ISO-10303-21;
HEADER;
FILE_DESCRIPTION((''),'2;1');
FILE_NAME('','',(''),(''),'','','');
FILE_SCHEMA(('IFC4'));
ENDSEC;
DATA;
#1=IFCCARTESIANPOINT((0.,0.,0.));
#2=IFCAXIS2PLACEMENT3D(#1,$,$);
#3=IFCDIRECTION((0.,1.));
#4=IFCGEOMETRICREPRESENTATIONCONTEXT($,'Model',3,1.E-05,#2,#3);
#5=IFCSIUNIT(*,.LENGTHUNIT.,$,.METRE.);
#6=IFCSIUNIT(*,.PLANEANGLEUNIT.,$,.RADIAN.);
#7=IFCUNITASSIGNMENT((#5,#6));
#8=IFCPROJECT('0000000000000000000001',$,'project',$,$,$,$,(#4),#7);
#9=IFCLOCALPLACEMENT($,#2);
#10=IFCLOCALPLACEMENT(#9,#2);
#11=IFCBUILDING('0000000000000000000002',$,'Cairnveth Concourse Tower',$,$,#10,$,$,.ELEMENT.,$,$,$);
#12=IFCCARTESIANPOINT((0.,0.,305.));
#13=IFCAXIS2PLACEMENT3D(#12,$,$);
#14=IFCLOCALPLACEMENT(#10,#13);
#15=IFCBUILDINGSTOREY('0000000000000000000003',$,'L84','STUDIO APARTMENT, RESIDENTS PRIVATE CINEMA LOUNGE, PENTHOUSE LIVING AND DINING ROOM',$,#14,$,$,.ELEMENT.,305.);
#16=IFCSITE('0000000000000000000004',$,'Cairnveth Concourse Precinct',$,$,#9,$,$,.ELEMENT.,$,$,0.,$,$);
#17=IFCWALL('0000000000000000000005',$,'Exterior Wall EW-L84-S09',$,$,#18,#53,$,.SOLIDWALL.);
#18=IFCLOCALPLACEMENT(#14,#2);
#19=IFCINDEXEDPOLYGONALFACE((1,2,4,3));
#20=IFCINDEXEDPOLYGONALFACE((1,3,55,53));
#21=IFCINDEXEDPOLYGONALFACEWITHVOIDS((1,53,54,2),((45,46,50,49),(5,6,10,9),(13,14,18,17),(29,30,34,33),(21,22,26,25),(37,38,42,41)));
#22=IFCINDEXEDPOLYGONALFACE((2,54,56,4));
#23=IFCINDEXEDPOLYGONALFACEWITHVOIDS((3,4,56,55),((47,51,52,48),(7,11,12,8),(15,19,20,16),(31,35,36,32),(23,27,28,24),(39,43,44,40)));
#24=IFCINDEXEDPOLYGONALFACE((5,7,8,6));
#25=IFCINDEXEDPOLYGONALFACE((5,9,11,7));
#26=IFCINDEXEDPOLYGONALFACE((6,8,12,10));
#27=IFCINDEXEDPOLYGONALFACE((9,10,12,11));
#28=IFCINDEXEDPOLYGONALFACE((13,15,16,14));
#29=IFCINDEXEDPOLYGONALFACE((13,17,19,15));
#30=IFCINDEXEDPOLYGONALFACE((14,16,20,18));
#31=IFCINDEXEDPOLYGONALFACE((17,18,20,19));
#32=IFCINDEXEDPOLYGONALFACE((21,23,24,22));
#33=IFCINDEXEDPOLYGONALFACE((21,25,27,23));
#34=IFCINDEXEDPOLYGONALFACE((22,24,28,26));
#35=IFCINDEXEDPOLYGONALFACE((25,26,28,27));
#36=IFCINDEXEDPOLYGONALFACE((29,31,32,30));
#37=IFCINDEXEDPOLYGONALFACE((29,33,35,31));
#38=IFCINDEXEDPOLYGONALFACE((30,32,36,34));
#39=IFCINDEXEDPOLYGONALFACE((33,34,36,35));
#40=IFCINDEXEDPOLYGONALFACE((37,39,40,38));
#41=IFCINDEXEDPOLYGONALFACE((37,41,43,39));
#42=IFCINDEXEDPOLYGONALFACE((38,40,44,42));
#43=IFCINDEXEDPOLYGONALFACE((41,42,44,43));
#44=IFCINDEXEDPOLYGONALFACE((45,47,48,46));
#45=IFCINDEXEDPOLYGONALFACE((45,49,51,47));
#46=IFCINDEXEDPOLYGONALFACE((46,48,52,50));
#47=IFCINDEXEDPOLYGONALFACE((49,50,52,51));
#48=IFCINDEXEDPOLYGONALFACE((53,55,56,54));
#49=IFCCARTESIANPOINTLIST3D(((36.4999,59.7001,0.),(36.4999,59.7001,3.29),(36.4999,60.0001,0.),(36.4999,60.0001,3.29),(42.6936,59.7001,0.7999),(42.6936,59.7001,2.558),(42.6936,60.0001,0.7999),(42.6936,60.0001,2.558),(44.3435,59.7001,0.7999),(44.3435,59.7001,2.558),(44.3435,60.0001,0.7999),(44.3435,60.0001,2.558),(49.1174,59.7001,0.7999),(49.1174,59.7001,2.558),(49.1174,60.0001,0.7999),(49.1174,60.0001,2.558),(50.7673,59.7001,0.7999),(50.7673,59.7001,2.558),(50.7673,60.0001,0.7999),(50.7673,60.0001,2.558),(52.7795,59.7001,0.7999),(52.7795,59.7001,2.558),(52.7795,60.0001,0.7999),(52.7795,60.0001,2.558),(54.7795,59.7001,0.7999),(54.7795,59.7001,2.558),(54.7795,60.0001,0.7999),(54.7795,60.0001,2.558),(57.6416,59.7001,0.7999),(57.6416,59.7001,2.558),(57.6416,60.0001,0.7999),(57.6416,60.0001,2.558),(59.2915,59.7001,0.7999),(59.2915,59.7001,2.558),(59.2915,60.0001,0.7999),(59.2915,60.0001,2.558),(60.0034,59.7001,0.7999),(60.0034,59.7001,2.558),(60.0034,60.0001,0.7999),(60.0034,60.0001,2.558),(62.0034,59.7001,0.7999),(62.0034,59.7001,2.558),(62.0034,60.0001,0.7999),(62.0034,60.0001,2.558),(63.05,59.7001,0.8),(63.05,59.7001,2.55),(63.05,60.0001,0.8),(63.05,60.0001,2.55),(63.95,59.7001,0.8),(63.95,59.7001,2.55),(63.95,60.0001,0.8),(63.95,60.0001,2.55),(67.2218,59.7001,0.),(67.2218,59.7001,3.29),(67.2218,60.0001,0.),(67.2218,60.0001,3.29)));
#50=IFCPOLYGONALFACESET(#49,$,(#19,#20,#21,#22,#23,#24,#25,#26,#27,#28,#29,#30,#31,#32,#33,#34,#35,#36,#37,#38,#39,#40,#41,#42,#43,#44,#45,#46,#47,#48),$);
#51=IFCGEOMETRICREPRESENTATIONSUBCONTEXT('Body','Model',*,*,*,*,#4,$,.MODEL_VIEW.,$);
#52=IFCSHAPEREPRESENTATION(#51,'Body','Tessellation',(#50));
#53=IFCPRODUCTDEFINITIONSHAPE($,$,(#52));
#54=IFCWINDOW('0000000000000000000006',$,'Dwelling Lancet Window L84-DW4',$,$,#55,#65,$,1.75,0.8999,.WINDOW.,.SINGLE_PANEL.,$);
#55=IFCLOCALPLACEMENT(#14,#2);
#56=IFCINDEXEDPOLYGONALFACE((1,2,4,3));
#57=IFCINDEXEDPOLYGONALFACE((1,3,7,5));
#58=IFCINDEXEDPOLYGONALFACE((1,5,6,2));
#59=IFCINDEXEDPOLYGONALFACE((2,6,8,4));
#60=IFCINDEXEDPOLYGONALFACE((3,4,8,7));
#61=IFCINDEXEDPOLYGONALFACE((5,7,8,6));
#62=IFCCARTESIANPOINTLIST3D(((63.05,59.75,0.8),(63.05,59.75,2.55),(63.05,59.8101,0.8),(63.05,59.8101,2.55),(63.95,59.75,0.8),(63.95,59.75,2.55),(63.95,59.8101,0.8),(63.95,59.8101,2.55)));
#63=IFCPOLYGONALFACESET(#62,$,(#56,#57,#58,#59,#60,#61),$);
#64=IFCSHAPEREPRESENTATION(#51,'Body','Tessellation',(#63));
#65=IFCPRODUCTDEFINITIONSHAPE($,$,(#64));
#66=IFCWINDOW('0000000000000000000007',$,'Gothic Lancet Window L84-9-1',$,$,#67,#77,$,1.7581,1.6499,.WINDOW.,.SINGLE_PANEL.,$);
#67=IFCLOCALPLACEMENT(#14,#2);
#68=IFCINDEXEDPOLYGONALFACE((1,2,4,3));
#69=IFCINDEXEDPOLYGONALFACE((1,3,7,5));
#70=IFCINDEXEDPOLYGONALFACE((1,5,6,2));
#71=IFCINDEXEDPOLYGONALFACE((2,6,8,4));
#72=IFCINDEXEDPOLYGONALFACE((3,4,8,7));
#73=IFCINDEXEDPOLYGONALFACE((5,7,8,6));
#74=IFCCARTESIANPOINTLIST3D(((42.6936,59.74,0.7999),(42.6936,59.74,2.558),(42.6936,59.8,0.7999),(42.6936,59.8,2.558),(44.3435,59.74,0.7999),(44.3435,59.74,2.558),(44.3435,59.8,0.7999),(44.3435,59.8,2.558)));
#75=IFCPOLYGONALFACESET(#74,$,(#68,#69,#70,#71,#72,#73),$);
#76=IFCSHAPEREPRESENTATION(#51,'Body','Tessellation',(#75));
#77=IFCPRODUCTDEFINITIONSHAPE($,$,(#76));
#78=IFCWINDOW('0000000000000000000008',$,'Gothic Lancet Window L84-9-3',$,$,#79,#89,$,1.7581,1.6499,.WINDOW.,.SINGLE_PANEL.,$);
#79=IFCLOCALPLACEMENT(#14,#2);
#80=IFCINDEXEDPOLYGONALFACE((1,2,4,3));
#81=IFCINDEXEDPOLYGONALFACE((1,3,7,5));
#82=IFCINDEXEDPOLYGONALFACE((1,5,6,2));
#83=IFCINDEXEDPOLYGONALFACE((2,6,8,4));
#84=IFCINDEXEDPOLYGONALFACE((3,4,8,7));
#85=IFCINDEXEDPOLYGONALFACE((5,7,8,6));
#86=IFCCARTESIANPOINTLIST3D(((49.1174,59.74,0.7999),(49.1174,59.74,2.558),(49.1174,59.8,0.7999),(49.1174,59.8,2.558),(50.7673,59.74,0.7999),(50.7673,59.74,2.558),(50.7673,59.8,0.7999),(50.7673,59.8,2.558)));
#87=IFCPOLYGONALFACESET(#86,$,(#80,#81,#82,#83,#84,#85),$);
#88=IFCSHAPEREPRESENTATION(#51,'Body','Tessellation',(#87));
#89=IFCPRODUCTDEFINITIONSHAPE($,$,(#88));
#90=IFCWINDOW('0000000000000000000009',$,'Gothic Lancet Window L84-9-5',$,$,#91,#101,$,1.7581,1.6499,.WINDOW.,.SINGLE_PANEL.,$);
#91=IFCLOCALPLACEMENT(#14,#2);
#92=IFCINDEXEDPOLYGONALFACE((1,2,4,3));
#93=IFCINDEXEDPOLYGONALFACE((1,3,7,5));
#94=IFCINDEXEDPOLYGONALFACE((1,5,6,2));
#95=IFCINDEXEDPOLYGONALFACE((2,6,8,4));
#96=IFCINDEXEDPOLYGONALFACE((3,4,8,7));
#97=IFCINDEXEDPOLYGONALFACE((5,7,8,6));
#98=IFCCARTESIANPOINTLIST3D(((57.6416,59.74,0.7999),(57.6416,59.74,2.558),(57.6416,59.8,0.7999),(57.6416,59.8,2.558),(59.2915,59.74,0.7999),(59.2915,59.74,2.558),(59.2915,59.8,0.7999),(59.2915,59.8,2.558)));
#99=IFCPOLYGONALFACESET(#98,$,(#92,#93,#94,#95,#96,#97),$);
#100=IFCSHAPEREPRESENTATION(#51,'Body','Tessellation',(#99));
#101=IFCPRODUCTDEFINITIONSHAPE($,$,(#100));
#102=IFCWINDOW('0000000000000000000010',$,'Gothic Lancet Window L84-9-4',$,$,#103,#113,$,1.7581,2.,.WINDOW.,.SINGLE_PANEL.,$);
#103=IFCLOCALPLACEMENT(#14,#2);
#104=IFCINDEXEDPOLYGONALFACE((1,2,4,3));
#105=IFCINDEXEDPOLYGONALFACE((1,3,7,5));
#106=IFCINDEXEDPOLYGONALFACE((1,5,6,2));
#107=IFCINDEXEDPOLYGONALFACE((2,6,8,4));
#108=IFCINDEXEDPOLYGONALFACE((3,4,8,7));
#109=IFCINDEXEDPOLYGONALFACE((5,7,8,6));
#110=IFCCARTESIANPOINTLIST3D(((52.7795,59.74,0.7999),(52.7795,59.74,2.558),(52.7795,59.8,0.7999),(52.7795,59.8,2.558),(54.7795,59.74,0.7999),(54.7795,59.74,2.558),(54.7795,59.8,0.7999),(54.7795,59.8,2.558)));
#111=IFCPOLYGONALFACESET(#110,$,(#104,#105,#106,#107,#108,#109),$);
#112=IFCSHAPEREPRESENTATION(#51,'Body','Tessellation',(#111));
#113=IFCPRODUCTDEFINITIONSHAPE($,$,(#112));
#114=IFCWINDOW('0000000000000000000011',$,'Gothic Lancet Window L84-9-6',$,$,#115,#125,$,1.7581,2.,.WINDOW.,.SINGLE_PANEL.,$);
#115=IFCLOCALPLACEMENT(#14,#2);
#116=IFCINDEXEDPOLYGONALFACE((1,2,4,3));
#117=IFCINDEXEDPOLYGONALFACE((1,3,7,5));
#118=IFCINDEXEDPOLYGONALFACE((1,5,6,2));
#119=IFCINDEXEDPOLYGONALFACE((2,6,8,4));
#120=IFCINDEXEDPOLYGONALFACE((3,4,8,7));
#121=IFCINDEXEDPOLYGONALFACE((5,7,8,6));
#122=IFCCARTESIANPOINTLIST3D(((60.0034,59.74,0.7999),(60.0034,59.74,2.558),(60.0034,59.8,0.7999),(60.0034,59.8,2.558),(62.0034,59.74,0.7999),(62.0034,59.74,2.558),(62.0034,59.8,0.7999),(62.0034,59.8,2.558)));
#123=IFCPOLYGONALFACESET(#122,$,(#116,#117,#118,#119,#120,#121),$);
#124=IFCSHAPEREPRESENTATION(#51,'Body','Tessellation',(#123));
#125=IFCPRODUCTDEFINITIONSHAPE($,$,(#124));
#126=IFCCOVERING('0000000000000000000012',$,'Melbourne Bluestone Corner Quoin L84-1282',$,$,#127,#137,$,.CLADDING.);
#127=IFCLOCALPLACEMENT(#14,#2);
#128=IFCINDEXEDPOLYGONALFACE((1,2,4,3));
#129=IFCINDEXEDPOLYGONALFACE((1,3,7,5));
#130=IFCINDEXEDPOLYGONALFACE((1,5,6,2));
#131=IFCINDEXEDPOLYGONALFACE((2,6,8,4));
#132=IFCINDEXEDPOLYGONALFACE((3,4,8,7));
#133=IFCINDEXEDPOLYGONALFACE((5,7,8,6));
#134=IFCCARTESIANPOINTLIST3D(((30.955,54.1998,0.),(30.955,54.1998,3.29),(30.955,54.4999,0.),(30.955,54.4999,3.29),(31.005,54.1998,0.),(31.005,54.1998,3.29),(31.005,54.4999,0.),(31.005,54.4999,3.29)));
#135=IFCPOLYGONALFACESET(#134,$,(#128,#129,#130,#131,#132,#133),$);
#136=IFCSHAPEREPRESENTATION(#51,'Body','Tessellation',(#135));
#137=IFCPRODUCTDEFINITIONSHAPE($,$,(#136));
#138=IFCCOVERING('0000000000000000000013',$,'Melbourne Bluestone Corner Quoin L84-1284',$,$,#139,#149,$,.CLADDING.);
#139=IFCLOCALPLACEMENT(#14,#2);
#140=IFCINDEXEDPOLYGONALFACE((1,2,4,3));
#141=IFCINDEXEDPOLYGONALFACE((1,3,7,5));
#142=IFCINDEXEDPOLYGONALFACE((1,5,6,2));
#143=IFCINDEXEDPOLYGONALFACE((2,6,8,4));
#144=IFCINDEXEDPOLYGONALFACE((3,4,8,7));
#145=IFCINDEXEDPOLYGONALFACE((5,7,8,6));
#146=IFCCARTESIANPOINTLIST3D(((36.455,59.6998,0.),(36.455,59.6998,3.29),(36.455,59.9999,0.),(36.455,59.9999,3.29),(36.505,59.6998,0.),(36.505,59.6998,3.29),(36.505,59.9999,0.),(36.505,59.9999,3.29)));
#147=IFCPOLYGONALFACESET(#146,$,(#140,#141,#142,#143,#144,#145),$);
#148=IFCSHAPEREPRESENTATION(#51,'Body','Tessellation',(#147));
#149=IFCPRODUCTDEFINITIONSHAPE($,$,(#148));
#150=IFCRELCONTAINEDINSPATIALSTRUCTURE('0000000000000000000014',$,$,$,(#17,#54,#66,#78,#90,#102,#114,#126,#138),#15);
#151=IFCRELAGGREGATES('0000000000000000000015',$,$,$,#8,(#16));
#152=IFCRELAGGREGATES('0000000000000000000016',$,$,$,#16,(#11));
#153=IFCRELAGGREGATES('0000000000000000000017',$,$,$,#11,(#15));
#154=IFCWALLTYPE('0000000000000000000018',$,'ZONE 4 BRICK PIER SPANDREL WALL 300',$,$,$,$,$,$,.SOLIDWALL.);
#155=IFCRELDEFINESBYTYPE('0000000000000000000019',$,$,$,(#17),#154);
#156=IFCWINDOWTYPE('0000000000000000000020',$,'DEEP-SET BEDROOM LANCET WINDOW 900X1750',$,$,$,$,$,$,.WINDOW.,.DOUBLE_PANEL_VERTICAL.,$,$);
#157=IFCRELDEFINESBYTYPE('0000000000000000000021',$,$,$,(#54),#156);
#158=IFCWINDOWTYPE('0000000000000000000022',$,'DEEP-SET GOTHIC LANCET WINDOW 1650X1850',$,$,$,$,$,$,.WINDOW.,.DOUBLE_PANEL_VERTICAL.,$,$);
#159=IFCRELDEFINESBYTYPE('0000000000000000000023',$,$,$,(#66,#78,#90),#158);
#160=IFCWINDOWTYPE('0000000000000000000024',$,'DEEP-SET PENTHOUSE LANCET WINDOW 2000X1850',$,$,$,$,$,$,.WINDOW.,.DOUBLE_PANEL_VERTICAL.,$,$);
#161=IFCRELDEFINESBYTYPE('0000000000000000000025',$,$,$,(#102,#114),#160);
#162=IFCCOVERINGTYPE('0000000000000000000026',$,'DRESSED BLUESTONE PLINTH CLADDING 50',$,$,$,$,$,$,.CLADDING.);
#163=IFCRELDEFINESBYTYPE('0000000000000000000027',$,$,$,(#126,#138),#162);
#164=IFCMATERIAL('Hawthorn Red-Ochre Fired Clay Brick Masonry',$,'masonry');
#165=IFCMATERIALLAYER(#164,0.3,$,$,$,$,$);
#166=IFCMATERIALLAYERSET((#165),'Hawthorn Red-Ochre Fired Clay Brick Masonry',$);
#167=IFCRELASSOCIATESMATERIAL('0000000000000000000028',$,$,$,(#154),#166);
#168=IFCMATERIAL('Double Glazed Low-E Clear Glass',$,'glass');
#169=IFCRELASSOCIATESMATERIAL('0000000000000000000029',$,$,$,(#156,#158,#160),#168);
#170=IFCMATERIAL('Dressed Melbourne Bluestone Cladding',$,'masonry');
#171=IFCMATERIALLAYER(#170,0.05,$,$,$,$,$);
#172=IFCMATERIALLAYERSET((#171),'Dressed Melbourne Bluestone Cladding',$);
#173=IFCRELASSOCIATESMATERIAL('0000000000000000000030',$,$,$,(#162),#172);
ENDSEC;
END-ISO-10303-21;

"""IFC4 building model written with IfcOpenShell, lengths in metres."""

from ifc_helpers import new_model, si_unit, direction, frame, frame_2d, origin, place, context, subcontext, project, spatial, rectangle, extrude, material, layer, layer_set, type_object, element, fill, save


model = new_model("IFC4")

# Units and contexts
model_context = context("Model", 3, precision=1e-05, world=origin(), true_north=direction((0.0, 1.0)))
body_context = subcontext(model_context, "Body", "Model", "MODEL_VIEW")
ifc_project = project(units=[si_unit("LENGTHUNIT", "METRE"), si_unit("PLANEANGLEUNIT", "RADIAN")], contexts=[model_context])

# Site, building, storey
site_placement = place(None, origin())
site = spatial("IfcSite", under=ifc_project, at=site_placement, Name="Cairnveth Concourse Precinct", CompositionType="ELEMENT", RefElevation=0.0)
building_placement = place(site_placement, origin())
building = spatial("IfcBuilding", under=site, at=building_placement, Name="Cairnveth Concourse Tower", CompositionType="ELEMENT")
storey_placement = place(building_placement, frame((0.0, 0.0, 305.0)))
storey = spatial("IfcBuildingStorey", under=building, at=storey_placement, Name="L84", Description="STUDIO APARTMENT, RESIDENTS PRIVATE CINEMA LOUNGE, PENTHOUSE LIVING AND DINING ROOM", CompositionType="ELEMENT", Elevation=305.0)

# Shared definitions
ifc_material_1 = material(Name="Hawthorn Red-Ochre Fired Clay Brick Masonry", Category="masonry")
ifc_layer_1 = layer(ifc_material_1, 0.3)
ifc_layer_set_1 = layer_set([ifc_layer_1], Name="Hawthorn Red-Ochre Fired Clay Brick Masonry")
wall_type_1 = type_object("IfcWallType", Name="ZONE 4 BRICK PIER SPANDREL WALL 300", PredefinedType="SOLIDWALL", material=ifc_layer_set_1)
ifc_material_2 = material(Name="Double Glazed Low-E Clear Glass", Category="glass")
window_type_1 = type_object("IfcWindowType", Name="DEEP-SET BEDROOM LANCET WINDOW 900X1750", PartitioningType="DOUBLE_PANEL_VERTICAL", PredefinedType="WINDOW", material=ifc_material_2)

# Wall, openings, windows
wall_1_placement = place(storey_placement, frame((36.5, 59.8501, 0.0), z_axis=(0.0, 0.0, 1.0), x_axis=(1.0, 0.0, 0.0)))
wall_1 = element("IfcWall", 1, at=wall_1_placement, inside=storey, type_object=wall_type_1, Name="Exterior Wall EW-L84-S09", PredefinedType="SOLIDWALL", context=body_context, shape_type="SweptSolid", body=[
    extrude(rectangle(XDim=30.7219, YDim=0.3, at=frame_2d((15.3608, 0.0))), origin(), (0.0, 0.0, 1.0), 3.29),
])
opening_1_placement = place(wall_1_placement, frame((6.1936, 0.0, 0.8)))
opening_1 = element("IfcOpeningElement", 2, at=opening_1_placement, cuts=wall_1, PredefinedType="OPENING", context=body_context, shape_type="SweptSolid", body=[
    extrude(rectangle(XDim=1.6499, YDim=1.7581, at=frame_2d((0.825, 0.8789))), frame((0.0, 0.1599, 0.0), z_axis=(0.0, -1.0, 0.0), x_axis=(1.0, 0.0, 0.0)), (0.0, 0.0, 1.0), 0.3201),
])
opening_2_placement = place(wall_1_placement, frame((12.6174, 0.0, 0.8)))
opening_2 = element("IfcOpeningElement", 3, at=opening_2_placement, cuts=wall_1, PredefinedType="OPENING", context=body_context, shape_type="SweptSolid", body=[
    extrude(rectangle(XDim=1.6499, YDim=1.7581, at=frame_2d((0.825, 0.8789))), frame((0.0, 0.1599, 0.0), z_axis=(0.0, -1.0, 0.0), x_axis=(1.0, 0.0, 0.0)), (0.0, 0.0, 1.0), 0.3201),
])
opening_3_placement = place(wall_1_placement, frame((16.2795, 0.0, 0.8)))
opening_3 = element("IfcOpeningElement", 4, at=opening_3_placement, cuts=wall_1, PredefinedType="OPENING", context=body_context, shape_type="SweptSolid", body=[
    extrude(rectangle(XDim=2.0, YDim=1.7581, at=frame_2d((1.0, 0.8789))), frame((0.0, 0.1599, 0.0), z_axis=(0.0, -1.0, 0.0), x_axis=(1.0, 0.0, 0.0)), (0.0, 0.0, 1.0), 0.3201),
])
opening_4_placement = place(wall_1_placement, frame((21.1416, 0.0, 0.8)))
opening_4 = element("IfcOpeningElement", 5, at=opening_4_placement, cuts=wall_1, PredefinedType="OPENING", context=body_context, shape_type="SweptSolid", body=[
    extrude(rectangle(XDim=1.6499, YDim=1.7581, at=frame_2d((0.825, 0.8789))), frame((0.0, 0.1599, 0.0), z_axis=(0.0, -1.0, 0.0), x_axis=(1.0, 0.0, 0.0)), (0.0, 0.0, 1.0), 0.3201),
])
opening_5_placement = place(wall_1_placement, frame((23.5034, 0.0, 0.8)))
opening_5 = element("IfcOpeningElement", 6, at=opening_5_placement, cuts=wall_1, PredefinedType="OPENING", context=body_context, shape_type="SweptSolid", body=[
    extrude(rectangle(XDim=2.0, YDim=1.7581, at=frame_2d((1.0, 0.8789))), frame((0.0, 0.1599, 0.0), z_axis=(0.0, -1.0, 0.0), x_axis=(1.0, 0.0, 0.0)), (0.0, 0.0, 1.0), 0.3201),
])
opening_6_placement = place(wall_1_placement, frame((26.55, 0.0, 0.8)))
opening_6 = element("IfcOpeningElement", 7, at=opening_6_placement, cuts=wall_1, PredefinedType="OPENING", context=body_context, shape_type="SweptSolid", body=[
    extrude(rectangle(XDim=0.8999, YDim=1.75, at=frame_2d((0.45, 0.875))), frame((0.0, 0.1599, 0.0), z_axis=(0.0, -1.0, 0.0), x_axis=(1.0, 0.0, 0.0)), (0.0, 0.0, 1.0), 0.3201),
])
window_1_placement = place(opening_6_placement, origin())
window_1 = element("IfcWindow", 8, at=window_1_placement, inside=storey, type_object=window_type_1, Name="Dwelling Lancet Window L84-DW4", OverallHeight=1.75, OverallWidth=0.8999, PartitioningType="SINGLE_PANEL", PredefinedType="WINDOW", context=body_context, shape_type="SweptSolid", body=[
    extrude(rectangle(XDim=0.8999, YDim=1.75, at=frame_2d((0.45, 0.875))), frame((0.0, -0.04, 0.0), z_axis=(0.0, -1.0, 0.0), x_axis=(1.0, 0.0, 0.0)), (0.0, 0.0, 1.0), 0.0601),
])
fill(opening_6, window_1)
window_type_2 = type_object("IfcWindowType", Name="DEEP-SET GOTHIC LANCET WINDOW 1650X1850", PartitioningType="DOUBLE_PANEL_VERTICAL", PredefinedType="WINDOW", material=ifc_material_2)
window_2_placement = place(opening_1_placement, origin())
window_2 = element("IfcWindow", 9, at=window_2_placement, inside=storey, type_object=window_type_2, Name="Gothic Lancet Window L84-9-1", OverallHeight=1.7581, OverallWidth=1.6499, PartitioningType="SINGLE_PANEL", PredefinedType="WINDOW", context=body_context, shape_type="SweptSolid", body=[
    extrude(rectangle(XDim=1.6499, YDim=1.7581, at=frame_2d((0.825, 0.8789))), frame((0.0, -0.05, 0.0), z_axis=(0.0, -1.0, 0.0), x_axis=(1.0, 0.0, 0.0)), (0.0, 0.0, 1.0), 0.0601),
])
fill(opening_1, window_2)
window_3_placement = place(opening_2_placement, origin())
window_3 = element("IfcWindow", 10, at=window_3_placement, inside=storey, type_object=window_type_2, Name="Gothic Lancet Window L84-9-3", OverallHeight=1.7581, OverallWidth=1.6499, PartitioningType="SINGLE_PANEL", PredefinedType="WINDOW", context=body_context, shape_type="SweptSolid", body=[
    extrude(rectangle(XDim=1.6499, YDim=1.7581, at=frame_2d((0.825, 0.8789))), frame((0.0, -0.05, 0.0), z_axis=(0.0, -1.0, 0.0), x_axis=(1.0, 0.0, 0.0)), (0.0, 0.0, 1.0), 0.0601),
])
fill(opening_2, window_3)
window_4_placement = place(opening_4_placement, origin())
window_4 = element("IfcWindow", 11, at=window_4_placement, inside=storey, type_object=window_type_2, Name="Gothic Lancet Window L84-9-5", OverallHeight=1.7581, OverallWidth=1.6499, PartitioningType="SINGLE_PANEL", PredefinedType="WINDOW", context=body_context, shape_type="SweptSolid", body=[
    extrude(rectangle(XDim=1.6499, YDim=1.7581, at=frame_2d((0.825, 0.8789))), frame((0.0, -0.05, 0.0), z_axis=(0.0, -1.0, 0.0), x_axis=(1.0, 0.0, 0.0)), (0.0, 0.0, 1.0), 0.0601),
])
fill(opening_4, window_4)
window_type_3 = type_object("IfcWindowType", Name="DEEP-SET PENTHOUSE LANCET WINDOW 2000X1850", PartitioningType="DOUBLE_PANEL_VERTICAL", PredefinedType="WINDOW", material=ifc_material_2)
window_5_placement = place(opening_3_placement, origin())
window_5 = element("IfcWindow", 12, at=window_5_placement, inside=storey, type_object=window_type_3, Name="Gothic Lancet Window L84-9-4", OverallHeight=1.7581, OverallWidth=2.0, PartitioningType="SINGLE_PANEL", PredefinedType="WINDOW", context=body_context, shape_type="SweptSolid", body=[
    extrude(rectangle(XDim=2.0, YDim=1.7581, at=frame_2d((1.0, 0.8789))), frame((0.0, -0.05, 0.0), z_axis=(0.0, -1.0, 0.0), x_axis=(1.0, 0.0, 0.0)), (0.0, 0.0, 1.0), 0.0601),
])
fill(opening_3, window_5)
window_6_placement = place(opening_5_placement, origin())
window_6 = element("IfcWindow", 13, at=window_6_placement, inside=storey, type_object=window_type_3, Name="Gothic Lancet Window L84-9-6", OverallHeight=1.7581, OverallWidth=2.0, PartitioningType="SINGLE_PANEL", PredefinedType="WINDOW", context=body_context, shape_type="SweptSolid", body=[
    extrude(rectangle(XDim=2.0, YDim=1.7581, at=frame_2d((1.0, 0.8789))), frame((0.0, -0.05, 0.0), z_axis=(0.0, -1.0, 0.0), x_axis=(1.0, 0.0, 0.0)), (0.0, 0.0, 1.0), 0.0601),
])
fill(opening_5, window_6)

# Coverings
ifc_material_3 = material(Name="Dressed Melbourne Bluestone Cladding", Category="masonry")
ifc_layer_2 = layer(ifc_material_3, 0.05)
ifc_layer_set_2 = layer_set([ifc_layer_2], Name="Dressed Melbourne Bluestone Cladding")
covering_type = type_object("IfcCoveringType", Name="DRESSED BLUESTONE PLINTH CLADDING 50", PredefinedType="CLADDING", material=ifc_layer_set_2)
for number, where, z_axis, x_axis, name in (
    (14, (30.98, 54.2, 0.0), (0.0, 0.0, 1.0), (0.0, 1.0, 0.0), "Melbourne Bluestone Corner Quoin L84-1282"),
    (15, (36.48, 59.7, 0.0), (0.0, 0.0, 1.0), (0.0, 1.0, 0.0), "Melbourne Bluestone Corner Quoin L84-1284"),
):
    element("IfcCovering", number, at=place(storey_placement, frame(where, z_axis=z_axis, x_axis=x_axis)), inside=storey, type_object=covering_type, Name=name, PredefinedType="CLADDING", context=body_context, shape_type="SweptSolid", body=[
        extrude(rectangle(XDim=0.3, YDim=0.05, at=frame_2d((0.1499, 0.0))), origin(), (0.0, 0.0, 1.0), 3.29),
    ])

save(model, "model.ifc")
